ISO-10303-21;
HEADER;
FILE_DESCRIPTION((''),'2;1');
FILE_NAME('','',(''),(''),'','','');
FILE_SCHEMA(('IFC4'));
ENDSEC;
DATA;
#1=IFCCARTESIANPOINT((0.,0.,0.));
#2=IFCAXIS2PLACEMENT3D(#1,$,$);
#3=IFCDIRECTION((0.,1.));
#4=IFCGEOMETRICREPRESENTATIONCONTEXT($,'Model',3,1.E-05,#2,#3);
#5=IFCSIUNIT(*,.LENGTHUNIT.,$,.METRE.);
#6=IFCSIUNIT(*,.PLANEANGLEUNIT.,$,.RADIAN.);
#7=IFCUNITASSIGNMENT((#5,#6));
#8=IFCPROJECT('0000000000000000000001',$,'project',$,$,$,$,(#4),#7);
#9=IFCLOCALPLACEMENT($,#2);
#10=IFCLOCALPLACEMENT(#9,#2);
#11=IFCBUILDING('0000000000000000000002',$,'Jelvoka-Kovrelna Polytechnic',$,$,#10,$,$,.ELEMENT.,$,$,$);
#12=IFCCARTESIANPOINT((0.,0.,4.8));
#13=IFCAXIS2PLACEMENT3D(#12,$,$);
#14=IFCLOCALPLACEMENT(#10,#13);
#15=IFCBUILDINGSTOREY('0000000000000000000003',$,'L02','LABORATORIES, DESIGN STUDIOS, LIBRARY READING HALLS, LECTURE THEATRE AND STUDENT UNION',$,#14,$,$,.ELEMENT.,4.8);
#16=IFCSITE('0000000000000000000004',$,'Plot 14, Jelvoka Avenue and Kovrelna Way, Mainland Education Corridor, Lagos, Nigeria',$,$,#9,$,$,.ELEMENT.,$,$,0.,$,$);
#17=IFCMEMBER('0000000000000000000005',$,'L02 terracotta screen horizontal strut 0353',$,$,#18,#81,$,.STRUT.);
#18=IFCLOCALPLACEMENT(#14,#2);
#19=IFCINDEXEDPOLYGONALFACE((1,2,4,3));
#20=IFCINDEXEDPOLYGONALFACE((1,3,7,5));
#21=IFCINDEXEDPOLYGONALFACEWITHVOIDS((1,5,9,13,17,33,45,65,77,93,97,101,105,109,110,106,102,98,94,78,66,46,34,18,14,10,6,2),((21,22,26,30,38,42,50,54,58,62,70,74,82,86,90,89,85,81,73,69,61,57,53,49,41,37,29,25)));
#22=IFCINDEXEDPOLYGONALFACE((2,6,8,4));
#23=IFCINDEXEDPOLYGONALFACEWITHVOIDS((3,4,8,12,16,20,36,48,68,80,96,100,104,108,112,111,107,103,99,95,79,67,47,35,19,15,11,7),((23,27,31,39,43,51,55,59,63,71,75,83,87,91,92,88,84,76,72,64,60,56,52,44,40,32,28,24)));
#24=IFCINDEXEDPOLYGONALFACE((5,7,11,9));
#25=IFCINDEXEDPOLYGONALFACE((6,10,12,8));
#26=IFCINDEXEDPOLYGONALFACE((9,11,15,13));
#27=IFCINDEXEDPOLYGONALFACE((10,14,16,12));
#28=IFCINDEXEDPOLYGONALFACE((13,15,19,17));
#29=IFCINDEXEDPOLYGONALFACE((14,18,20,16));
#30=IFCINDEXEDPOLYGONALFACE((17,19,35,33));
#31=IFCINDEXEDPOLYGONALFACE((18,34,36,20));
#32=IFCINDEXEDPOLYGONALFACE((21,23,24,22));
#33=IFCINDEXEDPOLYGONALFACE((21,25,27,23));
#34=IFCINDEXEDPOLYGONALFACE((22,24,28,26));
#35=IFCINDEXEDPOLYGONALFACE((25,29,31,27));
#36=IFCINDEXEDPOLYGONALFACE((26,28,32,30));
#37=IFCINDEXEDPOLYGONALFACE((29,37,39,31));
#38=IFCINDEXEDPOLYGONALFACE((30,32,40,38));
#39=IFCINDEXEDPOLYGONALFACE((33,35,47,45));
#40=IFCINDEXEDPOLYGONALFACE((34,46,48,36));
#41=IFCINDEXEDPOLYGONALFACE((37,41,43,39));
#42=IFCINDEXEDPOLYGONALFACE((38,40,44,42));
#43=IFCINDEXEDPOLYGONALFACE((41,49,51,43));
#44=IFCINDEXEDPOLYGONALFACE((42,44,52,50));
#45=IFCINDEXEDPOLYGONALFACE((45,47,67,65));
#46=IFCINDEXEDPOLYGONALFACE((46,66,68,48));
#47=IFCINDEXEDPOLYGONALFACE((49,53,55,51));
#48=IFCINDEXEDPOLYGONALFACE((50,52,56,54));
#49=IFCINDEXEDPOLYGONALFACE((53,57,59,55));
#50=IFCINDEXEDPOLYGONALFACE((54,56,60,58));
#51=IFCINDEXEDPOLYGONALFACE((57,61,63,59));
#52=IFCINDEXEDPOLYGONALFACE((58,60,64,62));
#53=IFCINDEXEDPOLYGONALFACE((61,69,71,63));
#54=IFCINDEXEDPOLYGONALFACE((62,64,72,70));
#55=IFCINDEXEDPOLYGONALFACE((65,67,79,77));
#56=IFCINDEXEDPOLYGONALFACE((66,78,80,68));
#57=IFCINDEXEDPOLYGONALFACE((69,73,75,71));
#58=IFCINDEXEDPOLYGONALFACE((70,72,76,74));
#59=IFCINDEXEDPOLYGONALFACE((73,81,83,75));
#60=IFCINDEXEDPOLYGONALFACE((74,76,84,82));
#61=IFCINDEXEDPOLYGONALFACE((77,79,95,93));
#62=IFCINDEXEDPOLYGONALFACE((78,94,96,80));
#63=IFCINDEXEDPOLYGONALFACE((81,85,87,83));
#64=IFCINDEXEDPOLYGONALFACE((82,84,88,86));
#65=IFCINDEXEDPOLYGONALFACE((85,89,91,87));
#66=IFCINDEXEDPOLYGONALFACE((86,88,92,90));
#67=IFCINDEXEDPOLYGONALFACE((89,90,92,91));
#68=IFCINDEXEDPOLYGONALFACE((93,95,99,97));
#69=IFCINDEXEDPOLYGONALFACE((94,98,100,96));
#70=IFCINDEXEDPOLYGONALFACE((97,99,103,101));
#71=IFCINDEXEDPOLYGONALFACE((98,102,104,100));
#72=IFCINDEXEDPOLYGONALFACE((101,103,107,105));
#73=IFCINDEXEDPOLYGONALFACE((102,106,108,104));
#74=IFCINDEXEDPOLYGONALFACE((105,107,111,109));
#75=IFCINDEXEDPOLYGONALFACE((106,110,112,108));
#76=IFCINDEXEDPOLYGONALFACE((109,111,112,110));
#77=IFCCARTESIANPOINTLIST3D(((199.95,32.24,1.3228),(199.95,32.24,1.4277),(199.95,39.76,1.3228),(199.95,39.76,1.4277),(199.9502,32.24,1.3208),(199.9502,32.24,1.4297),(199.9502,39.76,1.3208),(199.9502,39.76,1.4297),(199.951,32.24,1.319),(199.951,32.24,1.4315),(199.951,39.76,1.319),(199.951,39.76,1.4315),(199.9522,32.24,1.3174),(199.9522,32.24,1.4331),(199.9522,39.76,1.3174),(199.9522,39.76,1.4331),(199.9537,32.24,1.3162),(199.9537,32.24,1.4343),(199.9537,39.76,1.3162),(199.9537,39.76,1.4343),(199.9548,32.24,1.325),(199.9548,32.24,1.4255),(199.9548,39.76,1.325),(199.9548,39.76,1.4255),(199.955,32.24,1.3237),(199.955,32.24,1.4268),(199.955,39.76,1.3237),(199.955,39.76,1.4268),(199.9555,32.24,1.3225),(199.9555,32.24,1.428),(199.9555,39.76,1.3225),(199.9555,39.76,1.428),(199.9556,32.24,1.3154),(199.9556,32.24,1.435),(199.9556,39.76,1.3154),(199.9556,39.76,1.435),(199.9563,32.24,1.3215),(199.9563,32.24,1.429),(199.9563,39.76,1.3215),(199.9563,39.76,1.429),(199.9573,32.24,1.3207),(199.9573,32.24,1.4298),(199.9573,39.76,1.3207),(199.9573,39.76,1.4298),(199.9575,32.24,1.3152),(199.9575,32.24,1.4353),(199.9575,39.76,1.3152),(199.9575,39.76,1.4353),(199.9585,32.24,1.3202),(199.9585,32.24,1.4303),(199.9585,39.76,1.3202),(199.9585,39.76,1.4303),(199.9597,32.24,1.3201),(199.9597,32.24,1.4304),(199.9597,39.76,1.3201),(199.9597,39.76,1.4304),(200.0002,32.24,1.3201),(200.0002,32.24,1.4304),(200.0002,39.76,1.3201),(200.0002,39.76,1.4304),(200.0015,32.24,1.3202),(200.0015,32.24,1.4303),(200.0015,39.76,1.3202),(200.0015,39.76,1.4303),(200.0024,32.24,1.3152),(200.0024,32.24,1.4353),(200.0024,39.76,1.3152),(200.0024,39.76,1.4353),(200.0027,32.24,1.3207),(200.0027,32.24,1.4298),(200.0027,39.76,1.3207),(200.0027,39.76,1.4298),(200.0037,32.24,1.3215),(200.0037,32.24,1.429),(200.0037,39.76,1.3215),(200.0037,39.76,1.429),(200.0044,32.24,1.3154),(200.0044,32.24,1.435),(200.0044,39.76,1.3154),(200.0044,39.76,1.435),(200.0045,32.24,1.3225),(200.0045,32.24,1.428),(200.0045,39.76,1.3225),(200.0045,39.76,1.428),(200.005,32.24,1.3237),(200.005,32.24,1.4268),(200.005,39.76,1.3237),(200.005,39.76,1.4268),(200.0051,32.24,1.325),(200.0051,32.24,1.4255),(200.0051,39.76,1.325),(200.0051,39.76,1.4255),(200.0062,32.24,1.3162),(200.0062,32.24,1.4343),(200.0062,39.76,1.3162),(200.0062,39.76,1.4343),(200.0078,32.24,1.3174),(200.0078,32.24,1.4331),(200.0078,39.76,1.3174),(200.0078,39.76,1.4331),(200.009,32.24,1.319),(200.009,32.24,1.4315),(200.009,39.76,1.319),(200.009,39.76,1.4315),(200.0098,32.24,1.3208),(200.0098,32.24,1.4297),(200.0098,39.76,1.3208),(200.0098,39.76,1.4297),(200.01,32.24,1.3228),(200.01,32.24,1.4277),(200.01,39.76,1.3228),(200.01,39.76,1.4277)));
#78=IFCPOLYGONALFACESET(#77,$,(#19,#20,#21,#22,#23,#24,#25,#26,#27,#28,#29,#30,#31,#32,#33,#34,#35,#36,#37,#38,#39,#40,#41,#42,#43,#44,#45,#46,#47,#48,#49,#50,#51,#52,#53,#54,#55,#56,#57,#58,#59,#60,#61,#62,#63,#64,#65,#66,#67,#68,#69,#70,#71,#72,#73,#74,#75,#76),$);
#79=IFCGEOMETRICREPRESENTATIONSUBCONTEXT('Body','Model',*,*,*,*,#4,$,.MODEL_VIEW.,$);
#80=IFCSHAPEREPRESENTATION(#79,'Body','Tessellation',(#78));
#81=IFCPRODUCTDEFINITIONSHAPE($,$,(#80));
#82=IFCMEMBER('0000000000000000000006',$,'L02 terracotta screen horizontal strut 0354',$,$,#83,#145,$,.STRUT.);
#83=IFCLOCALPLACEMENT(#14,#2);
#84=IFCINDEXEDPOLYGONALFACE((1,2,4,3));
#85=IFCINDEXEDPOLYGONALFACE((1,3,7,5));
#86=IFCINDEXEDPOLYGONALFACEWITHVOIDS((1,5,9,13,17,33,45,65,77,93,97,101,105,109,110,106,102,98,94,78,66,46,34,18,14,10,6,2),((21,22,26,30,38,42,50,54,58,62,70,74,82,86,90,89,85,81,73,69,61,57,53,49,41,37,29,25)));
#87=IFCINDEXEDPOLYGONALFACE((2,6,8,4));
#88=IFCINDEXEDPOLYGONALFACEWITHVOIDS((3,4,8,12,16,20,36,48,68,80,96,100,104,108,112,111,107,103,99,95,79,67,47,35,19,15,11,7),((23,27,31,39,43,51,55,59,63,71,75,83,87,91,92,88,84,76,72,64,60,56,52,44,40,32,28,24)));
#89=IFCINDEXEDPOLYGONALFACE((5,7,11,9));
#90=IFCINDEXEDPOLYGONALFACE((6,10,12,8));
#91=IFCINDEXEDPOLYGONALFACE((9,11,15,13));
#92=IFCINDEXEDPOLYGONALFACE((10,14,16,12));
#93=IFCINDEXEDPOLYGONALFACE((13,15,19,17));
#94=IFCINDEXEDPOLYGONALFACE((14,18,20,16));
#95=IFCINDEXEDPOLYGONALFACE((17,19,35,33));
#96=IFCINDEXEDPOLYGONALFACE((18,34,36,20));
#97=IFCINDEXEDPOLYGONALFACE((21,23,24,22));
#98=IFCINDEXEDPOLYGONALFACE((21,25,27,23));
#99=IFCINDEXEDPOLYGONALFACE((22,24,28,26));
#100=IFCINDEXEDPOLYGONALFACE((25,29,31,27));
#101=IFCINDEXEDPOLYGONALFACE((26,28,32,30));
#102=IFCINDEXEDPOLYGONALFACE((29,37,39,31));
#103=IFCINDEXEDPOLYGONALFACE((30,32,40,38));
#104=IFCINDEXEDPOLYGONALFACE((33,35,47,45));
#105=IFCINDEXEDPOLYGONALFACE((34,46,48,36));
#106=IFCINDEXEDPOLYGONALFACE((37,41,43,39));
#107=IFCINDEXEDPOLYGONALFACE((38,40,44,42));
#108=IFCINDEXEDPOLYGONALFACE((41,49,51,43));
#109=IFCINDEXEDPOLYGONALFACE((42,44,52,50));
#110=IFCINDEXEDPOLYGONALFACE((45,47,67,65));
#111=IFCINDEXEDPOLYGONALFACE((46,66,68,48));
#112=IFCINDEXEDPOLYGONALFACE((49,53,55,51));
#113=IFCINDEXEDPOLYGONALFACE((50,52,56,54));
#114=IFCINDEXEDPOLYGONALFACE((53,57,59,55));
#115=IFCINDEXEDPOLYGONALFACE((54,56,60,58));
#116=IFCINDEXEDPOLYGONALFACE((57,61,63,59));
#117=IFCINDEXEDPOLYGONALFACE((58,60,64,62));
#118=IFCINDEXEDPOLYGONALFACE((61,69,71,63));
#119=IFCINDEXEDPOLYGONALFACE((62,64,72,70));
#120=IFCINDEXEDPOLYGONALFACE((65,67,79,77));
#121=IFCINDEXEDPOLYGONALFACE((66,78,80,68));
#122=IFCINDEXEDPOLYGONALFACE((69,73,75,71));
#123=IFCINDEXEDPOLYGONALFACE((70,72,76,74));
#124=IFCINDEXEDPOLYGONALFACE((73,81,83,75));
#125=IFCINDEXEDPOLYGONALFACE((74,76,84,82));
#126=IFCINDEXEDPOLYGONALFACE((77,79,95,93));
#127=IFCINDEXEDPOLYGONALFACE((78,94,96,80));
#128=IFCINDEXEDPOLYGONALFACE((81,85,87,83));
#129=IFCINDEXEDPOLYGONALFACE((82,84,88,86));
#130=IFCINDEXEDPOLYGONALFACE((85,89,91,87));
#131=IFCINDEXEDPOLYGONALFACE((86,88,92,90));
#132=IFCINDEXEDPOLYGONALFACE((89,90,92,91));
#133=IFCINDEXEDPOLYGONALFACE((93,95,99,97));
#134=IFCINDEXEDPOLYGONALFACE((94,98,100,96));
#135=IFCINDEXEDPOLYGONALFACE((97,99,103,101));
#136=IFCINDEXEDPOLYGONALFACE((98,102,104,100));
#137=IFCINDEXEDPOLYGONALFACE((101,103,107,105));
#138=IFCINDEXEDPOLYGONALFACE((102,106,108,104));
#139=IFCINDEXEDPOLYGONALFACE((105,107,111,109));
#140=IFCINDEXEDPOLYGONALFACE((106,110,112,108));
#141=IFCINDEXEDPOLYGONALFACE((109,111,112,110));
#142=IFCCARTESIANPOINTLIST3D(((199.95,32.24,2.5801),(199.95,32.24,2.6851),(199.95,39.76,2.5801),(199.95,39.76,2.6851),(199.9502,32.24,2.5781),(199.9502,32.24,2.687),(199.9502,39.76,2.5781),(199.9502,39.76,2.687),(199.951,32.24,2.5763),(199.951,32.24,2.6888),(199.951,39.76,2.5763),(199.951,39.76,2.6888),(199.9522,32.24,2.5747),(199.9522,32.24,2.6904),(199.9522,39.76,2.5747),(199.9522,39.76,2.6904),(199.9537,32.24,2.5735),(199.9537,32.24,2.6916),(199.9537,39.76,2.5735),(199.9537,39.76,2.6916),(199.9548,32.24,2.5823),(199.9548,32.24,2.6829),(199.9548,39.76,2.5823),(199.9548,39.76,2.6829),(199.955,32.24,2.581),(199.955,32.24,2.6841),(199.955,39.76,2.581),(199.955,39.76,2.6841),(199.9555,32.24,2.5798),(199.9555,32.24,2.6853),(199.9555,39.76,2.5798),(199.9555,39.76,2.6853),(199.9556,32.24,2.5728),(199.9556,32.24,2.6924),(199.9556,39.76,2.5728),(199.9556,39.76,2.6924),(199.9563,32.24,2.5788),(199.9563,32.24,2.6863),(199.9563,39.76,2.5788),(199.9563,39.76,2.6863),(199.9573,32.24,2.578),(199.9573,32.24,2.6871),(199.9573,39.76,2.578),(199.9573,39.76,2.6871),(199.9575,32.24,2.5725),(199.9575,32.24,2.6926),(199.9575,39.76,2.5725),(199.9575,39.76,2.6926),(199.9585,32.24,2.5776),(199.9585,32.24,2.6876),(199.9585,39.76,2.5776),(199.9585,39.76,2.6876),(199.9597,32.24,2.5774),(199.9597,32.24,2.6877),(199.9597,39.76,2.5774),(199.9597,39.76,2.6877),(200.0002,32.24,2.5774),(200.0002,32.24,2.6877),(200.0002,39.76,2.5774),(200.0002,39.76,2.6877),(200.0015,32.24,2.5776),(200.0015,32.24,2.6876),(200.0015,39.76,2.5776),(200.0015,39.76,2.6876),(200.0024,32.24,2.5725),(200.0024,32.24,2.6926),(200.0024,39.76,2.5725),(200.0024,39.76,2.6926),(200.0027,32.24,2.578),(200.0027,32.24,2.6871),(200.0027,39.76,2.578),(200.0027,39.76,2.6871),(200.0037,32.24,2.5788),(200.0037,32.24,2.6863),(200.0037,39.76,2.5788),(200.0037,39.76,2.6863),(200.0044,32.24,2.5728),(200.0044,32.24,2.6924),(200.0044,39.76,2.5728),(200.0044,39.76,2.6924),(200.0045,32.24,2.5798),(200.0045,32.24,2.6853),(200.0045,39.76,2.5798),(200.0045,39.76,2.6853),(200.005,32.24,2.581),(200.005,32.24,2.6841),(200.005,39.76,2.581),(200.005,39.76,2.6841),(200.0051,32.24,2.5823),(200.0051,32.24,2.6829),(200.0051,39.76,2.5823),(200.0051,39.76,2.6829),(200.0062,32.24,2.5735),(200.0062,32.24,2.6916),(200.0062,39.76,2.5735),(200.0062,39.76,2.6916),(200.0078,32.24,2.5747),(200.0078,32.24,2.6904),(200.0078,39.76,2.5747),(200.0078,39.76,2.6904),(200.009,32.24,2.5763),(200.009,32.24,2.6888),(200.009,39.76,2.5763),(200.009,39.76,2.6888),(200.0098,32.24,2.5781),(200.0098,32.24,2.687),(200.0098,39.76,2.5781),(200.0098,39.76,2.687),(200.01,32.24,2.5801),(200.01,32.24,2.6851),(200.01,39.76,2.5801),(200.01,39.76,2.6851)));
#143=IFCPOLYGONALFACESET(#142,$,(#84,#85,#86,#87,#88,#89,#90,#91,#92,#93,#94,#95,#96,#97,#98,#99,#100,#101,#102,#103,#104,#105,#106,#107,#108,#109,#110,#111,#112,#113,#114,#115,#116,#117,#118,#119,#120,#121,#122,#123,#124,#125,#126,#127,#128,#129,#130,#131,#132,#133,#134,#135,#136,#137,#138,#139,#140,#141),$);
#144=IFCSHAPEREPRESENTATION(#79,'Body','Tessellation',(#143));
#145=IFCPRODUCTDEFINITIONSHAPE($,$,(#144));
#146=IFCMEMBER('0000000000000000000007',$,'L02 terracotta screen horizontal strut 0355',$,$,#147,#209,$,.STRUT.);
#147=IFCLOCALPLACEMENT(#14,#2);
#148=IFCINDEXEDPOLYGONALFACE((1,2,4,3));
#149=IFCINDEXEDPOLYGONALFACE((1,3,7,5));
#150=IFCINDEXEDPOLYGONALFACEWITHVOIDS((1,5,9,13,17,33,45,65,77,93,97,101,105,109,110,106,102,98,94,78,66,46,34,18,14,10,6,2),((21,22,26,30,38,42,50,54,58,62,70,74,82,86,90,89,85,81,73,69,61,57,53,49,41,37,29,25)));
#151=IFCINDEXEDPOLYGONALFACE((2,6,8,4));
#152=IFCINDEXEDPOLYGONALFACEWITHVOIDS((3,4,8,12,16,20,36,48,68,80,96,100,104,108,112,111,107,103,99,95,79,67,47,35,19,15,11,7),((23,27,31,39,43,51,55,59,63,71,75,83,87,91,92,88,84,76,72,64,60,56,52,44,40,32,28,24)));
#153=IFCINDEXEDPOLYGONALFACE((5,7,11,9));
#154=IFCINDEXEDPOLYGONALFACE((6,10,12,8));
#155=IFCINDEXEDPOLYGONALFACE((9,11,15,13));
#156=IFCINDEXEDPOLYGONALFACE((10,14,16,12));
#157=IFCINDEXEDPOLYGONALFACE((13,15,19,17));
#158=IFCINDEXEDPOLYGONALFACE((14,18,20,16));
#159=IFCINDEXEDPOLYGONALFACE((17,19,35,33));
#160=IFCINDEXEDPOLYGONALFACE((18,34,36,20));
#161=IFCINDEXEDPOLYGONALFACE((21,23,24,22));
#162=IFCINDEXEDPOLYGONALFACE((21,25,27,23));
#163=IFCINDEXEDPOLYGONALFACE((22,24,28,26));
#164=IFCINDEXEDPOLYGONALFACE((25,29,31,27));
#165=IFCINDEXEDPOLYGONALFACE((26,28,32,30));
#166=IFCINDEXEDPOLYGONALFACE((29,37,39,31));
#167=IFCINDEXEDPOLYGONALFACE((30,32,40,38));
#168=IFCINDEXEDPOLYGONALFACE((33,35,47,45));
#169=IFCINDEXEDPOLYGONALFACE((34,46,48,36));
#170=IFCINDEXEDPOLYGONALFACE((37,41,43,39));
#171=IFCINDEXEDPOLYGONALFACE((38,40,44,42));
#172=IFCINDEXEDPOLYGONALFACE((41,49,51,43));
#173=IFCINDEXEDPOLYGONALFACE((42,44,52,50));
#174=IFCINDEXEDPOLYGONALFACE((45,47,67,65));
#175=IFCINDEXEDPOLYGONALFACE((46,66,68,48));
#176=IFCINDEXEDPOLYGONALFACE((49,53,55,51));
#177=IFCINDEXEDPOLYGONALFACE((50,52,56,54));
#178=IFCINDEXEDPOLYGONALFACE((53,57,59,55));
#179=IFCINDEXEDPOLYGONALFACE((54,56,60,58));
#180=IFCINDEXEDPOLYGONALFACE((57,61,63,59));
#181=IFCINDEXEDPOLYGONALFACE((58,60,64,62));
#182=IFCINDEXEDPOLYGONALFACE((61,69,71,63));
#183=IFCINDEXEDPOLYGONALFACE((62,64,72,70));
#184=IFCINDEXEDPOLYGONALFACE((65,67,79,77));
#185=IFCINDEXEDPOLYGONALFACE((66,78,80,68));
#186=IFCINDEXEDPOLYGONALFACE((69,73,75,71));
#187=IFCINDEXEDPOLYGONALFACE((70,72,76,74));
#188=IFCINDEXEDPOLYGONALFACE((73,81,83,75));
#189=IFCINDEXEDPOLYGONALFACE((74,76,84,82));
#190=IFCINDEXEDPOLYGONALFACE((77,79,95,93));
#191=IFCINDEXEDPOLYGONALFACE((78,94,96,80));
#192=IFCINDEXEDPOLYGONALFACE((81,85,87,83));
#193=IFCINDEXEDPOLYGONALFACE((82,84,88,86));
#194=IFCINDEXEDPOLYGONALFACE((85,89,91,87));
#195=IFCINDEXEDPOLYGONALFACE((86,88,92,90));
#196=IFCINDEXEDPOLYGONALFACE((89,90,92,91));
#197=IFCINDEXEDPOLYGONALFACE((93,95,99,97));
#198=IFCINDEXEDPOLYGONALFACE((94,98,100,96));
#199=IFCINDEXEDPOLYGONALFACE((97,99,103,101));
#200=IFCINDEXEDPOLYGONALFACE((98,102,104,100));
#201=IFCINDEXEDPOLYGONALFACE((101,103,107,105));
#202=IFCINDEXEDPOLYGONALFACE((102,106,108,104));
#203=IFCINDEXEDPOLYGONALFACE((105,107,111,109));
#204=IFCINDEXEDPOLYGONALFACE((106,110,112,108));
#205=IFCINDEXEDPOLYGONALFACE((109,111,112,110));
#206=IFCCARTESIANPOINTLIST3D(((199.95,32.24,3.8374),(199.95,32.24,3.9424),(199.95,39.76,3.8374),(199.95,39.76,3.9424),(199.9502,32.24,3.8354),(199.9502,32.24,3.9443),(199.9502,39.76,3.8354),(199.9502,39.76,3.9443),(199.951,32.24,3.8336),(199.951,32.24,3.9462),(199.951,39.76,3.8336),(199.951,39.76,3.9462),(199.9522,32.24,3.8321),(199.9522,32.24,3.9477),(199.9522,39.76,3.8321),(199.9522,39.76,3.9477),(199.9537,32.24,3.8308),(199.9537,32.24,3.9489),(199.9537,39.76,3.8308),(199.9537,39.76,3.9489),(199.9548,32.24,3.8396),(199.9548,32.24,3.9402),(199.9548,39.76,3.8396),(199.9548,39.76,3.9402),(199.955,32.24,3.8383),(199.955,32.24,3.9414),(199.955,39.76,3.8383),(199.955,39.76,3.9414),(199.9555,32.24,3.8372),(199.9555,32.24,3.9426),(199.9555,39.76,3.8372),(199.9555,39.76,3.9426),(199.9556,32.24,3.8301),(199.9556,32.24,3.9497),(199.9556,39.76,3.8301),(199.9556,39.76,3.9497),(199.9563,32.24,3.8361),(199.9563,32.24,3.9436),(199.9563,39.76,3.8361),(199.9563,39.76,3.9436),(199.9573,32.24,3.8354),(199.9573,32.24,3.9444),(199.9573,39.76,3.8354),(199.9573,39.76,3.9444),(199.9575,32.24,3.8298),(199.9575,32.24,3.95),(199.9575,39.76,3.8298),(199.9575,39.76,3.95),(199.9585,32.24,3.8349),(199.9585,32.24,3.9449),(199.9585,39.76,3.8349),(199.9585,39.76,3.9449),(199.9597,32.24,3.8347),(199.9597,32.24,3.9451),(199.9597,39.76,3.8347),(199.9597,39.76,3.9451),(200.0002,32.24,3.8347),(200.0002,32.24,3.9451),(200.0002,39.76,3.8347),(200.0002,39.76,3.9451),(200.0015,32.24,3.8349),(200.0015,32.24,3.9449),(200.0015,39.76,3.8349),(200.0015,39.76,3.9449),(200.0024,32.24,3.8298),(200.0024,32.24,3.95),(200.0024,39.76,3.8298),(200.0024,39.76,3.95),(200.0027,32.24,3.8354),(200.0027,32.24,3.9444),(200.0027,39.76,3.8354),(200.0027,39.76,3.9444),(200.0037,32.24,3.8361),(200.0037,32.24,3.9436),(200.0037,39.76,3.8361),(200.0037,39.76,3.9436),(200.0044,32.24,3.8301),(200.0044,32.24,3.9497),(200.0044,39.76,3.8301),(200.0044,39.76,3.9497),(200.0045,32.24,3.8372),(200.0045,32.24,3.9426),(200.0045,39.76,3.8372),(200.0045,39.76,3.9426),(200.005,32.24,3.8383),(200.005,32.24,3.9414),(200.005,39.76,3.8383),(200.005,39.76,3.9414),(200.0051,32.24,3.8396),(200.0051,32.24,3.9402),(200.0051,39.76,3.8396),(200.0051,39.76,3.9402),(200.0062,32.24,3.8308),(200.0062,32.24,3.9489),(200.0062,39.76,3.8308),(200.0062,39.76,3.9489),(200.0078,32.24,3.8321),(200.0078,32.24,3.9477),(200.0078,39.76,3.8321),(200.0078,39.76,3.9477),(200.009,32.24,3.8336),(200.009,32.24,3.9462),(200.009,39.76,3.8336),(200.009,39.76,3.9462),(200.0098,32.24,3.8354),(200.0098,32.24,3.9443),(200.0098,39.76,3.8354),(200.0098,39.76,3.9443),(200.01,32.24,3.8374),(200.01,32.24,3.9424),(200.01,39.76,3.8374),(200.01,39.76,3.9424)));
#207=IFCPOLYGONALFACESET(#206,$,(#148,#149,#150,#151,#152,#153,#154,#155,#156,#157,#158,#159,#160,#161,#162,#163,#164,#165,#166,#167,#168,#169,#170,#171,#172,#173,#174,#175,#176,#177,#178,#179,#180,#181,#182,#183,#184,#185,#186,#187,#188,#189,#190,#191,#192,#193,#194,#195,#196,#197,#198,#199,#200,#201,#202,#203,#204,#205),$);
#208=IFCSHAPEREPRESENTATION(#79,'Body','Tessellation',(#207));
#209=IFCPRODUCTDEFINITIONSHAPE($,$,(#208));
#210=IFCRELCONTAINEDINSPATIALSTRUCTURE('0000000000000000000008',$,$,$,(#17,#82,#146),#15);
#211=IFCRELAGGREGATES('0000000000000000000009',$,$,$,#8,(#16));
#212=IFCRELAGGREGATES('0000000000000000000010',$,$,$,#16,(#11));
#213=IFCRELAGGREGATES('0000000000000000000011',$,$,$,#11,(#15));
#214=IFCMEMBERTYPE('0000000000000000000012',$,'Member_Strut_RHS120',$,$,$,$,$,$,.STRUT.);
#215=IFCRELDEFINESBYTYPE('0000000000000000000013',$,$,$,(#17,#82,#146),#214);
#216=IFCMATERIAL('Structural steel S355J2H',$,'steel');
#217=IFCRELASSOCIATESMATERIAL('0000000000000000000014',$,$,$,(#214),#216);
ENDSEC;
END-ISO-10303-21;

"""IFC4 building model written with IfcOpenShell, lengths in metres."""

from ifc_helpers import new_model, si_unit, direction, frame, origin, origin_2d, place, context, subcontext, project, spatial, hollow_rectangle, extrude, material, material_profile, profile_set, type_object, element, save


model = new_model("IFC4")

# Units and contexts
model_context = context("Model", 3, precision=1e-05, world=origin(), true_north=direction((0.0, 1.0)))
body_context = subcontext(model_context, "Body", "Model", "MODEL_VIEW")
ifc_project = project(units=[si_unit("LENGTHUNIT", "METRE"), si_unit("PLANEANGLEUNIT", "RADIAN")], contexts=[model_context])

# Site, building, storey
site_placement = place(None, origin())
site = spatial("IfcSite", under=ifc_project, at=site_placement, Name="Plot 14, Jelvoka Avenue and Kovrelna Way, Mainland Education Corridor, Lagos, Nigeria", CompositionType="ELEMENT", RefElevation=0.0)
building_placement = place(site_placement, origin())
building = spatial("IfcBuilding", under=site, at=building_placement, Name="Jelvoka-Kovrelna Polytechnic", CompositionType="ELEMENT")
storey_placement = place(building_placement, frame((0.0, 0.0, 4.8)))
storey = spatial("IfcBuildingStorey", under=building, at=storey_placement, Name="L02", Description="LABORATORIES, DESIGN STUDIOS, LIBRARY READING HALLS, LECTURE THEATRE AND STUDENT UNION", CompositionType="ELEMENT", Elevation=4.8)

# Members
ifc_material_1 = material(Name="Structural steel S355J2H", Category="steel")
ifc_material_profile_1 = material_profile(ifc_material_1, hollow_rectangle(XDim=0.0601, YDim=0.1201, WallThickness=0.0049, InnerFilletRadius=0.0049, OuterFilletRadius=0.0076, at=origin_2d()), Name="120x60x5.0 RHS")
ifc_profile_set_1 = profile_set([ifc_material_profile_1], Name="Structural steel S355J2H")
member_type_1 = type_object("IfcMemberType", Name="Member_Strut_RHS120", PredefinedType="STRUT", material=ifc_profile_set_1)
for number, where, z_axis, x_axis, name in (
    (1, (199.98, 32.24, 1.3752), (0.0, 1.0, 0.0), (-1.0, 0.0, 0.0), "L02 terracotta screen horizontal strut 0353"),
    (2, (199.98, 32.24, 2.6326), (0.0, 1.0, 0.0), (-1.0, 0.0, 0.0), "L02 terracotta screen horizontal strut 0354"),
    (3, (199.98, 32.24, 3.8899), (0.0, 1.0, 0.0), (-1.0, 0.0, 0.0), "L02 terracotta screen horizontal strut 0355"),
):
    element("IfcMember", number, at=place(storey_placement, frame(where, z_axis=z_axis, x_axis=x_axis)), inside=storey, type_object=member_type_1, Name=name, PredefinedType="STRUT", context=body_context, shape_type="SweptSolid", body=[
        extrude(hollow_rectangle(XDim=0.0601, YDim=0.1201, WallThickness=0.0049, InnerFilletRadius=0.0049, OuterFilletRadius=0.0076, at=origin_2d()), origin(), (0.0, 0.0, 1.0), 7.52),
    ])

save(model, "model.ifc")
